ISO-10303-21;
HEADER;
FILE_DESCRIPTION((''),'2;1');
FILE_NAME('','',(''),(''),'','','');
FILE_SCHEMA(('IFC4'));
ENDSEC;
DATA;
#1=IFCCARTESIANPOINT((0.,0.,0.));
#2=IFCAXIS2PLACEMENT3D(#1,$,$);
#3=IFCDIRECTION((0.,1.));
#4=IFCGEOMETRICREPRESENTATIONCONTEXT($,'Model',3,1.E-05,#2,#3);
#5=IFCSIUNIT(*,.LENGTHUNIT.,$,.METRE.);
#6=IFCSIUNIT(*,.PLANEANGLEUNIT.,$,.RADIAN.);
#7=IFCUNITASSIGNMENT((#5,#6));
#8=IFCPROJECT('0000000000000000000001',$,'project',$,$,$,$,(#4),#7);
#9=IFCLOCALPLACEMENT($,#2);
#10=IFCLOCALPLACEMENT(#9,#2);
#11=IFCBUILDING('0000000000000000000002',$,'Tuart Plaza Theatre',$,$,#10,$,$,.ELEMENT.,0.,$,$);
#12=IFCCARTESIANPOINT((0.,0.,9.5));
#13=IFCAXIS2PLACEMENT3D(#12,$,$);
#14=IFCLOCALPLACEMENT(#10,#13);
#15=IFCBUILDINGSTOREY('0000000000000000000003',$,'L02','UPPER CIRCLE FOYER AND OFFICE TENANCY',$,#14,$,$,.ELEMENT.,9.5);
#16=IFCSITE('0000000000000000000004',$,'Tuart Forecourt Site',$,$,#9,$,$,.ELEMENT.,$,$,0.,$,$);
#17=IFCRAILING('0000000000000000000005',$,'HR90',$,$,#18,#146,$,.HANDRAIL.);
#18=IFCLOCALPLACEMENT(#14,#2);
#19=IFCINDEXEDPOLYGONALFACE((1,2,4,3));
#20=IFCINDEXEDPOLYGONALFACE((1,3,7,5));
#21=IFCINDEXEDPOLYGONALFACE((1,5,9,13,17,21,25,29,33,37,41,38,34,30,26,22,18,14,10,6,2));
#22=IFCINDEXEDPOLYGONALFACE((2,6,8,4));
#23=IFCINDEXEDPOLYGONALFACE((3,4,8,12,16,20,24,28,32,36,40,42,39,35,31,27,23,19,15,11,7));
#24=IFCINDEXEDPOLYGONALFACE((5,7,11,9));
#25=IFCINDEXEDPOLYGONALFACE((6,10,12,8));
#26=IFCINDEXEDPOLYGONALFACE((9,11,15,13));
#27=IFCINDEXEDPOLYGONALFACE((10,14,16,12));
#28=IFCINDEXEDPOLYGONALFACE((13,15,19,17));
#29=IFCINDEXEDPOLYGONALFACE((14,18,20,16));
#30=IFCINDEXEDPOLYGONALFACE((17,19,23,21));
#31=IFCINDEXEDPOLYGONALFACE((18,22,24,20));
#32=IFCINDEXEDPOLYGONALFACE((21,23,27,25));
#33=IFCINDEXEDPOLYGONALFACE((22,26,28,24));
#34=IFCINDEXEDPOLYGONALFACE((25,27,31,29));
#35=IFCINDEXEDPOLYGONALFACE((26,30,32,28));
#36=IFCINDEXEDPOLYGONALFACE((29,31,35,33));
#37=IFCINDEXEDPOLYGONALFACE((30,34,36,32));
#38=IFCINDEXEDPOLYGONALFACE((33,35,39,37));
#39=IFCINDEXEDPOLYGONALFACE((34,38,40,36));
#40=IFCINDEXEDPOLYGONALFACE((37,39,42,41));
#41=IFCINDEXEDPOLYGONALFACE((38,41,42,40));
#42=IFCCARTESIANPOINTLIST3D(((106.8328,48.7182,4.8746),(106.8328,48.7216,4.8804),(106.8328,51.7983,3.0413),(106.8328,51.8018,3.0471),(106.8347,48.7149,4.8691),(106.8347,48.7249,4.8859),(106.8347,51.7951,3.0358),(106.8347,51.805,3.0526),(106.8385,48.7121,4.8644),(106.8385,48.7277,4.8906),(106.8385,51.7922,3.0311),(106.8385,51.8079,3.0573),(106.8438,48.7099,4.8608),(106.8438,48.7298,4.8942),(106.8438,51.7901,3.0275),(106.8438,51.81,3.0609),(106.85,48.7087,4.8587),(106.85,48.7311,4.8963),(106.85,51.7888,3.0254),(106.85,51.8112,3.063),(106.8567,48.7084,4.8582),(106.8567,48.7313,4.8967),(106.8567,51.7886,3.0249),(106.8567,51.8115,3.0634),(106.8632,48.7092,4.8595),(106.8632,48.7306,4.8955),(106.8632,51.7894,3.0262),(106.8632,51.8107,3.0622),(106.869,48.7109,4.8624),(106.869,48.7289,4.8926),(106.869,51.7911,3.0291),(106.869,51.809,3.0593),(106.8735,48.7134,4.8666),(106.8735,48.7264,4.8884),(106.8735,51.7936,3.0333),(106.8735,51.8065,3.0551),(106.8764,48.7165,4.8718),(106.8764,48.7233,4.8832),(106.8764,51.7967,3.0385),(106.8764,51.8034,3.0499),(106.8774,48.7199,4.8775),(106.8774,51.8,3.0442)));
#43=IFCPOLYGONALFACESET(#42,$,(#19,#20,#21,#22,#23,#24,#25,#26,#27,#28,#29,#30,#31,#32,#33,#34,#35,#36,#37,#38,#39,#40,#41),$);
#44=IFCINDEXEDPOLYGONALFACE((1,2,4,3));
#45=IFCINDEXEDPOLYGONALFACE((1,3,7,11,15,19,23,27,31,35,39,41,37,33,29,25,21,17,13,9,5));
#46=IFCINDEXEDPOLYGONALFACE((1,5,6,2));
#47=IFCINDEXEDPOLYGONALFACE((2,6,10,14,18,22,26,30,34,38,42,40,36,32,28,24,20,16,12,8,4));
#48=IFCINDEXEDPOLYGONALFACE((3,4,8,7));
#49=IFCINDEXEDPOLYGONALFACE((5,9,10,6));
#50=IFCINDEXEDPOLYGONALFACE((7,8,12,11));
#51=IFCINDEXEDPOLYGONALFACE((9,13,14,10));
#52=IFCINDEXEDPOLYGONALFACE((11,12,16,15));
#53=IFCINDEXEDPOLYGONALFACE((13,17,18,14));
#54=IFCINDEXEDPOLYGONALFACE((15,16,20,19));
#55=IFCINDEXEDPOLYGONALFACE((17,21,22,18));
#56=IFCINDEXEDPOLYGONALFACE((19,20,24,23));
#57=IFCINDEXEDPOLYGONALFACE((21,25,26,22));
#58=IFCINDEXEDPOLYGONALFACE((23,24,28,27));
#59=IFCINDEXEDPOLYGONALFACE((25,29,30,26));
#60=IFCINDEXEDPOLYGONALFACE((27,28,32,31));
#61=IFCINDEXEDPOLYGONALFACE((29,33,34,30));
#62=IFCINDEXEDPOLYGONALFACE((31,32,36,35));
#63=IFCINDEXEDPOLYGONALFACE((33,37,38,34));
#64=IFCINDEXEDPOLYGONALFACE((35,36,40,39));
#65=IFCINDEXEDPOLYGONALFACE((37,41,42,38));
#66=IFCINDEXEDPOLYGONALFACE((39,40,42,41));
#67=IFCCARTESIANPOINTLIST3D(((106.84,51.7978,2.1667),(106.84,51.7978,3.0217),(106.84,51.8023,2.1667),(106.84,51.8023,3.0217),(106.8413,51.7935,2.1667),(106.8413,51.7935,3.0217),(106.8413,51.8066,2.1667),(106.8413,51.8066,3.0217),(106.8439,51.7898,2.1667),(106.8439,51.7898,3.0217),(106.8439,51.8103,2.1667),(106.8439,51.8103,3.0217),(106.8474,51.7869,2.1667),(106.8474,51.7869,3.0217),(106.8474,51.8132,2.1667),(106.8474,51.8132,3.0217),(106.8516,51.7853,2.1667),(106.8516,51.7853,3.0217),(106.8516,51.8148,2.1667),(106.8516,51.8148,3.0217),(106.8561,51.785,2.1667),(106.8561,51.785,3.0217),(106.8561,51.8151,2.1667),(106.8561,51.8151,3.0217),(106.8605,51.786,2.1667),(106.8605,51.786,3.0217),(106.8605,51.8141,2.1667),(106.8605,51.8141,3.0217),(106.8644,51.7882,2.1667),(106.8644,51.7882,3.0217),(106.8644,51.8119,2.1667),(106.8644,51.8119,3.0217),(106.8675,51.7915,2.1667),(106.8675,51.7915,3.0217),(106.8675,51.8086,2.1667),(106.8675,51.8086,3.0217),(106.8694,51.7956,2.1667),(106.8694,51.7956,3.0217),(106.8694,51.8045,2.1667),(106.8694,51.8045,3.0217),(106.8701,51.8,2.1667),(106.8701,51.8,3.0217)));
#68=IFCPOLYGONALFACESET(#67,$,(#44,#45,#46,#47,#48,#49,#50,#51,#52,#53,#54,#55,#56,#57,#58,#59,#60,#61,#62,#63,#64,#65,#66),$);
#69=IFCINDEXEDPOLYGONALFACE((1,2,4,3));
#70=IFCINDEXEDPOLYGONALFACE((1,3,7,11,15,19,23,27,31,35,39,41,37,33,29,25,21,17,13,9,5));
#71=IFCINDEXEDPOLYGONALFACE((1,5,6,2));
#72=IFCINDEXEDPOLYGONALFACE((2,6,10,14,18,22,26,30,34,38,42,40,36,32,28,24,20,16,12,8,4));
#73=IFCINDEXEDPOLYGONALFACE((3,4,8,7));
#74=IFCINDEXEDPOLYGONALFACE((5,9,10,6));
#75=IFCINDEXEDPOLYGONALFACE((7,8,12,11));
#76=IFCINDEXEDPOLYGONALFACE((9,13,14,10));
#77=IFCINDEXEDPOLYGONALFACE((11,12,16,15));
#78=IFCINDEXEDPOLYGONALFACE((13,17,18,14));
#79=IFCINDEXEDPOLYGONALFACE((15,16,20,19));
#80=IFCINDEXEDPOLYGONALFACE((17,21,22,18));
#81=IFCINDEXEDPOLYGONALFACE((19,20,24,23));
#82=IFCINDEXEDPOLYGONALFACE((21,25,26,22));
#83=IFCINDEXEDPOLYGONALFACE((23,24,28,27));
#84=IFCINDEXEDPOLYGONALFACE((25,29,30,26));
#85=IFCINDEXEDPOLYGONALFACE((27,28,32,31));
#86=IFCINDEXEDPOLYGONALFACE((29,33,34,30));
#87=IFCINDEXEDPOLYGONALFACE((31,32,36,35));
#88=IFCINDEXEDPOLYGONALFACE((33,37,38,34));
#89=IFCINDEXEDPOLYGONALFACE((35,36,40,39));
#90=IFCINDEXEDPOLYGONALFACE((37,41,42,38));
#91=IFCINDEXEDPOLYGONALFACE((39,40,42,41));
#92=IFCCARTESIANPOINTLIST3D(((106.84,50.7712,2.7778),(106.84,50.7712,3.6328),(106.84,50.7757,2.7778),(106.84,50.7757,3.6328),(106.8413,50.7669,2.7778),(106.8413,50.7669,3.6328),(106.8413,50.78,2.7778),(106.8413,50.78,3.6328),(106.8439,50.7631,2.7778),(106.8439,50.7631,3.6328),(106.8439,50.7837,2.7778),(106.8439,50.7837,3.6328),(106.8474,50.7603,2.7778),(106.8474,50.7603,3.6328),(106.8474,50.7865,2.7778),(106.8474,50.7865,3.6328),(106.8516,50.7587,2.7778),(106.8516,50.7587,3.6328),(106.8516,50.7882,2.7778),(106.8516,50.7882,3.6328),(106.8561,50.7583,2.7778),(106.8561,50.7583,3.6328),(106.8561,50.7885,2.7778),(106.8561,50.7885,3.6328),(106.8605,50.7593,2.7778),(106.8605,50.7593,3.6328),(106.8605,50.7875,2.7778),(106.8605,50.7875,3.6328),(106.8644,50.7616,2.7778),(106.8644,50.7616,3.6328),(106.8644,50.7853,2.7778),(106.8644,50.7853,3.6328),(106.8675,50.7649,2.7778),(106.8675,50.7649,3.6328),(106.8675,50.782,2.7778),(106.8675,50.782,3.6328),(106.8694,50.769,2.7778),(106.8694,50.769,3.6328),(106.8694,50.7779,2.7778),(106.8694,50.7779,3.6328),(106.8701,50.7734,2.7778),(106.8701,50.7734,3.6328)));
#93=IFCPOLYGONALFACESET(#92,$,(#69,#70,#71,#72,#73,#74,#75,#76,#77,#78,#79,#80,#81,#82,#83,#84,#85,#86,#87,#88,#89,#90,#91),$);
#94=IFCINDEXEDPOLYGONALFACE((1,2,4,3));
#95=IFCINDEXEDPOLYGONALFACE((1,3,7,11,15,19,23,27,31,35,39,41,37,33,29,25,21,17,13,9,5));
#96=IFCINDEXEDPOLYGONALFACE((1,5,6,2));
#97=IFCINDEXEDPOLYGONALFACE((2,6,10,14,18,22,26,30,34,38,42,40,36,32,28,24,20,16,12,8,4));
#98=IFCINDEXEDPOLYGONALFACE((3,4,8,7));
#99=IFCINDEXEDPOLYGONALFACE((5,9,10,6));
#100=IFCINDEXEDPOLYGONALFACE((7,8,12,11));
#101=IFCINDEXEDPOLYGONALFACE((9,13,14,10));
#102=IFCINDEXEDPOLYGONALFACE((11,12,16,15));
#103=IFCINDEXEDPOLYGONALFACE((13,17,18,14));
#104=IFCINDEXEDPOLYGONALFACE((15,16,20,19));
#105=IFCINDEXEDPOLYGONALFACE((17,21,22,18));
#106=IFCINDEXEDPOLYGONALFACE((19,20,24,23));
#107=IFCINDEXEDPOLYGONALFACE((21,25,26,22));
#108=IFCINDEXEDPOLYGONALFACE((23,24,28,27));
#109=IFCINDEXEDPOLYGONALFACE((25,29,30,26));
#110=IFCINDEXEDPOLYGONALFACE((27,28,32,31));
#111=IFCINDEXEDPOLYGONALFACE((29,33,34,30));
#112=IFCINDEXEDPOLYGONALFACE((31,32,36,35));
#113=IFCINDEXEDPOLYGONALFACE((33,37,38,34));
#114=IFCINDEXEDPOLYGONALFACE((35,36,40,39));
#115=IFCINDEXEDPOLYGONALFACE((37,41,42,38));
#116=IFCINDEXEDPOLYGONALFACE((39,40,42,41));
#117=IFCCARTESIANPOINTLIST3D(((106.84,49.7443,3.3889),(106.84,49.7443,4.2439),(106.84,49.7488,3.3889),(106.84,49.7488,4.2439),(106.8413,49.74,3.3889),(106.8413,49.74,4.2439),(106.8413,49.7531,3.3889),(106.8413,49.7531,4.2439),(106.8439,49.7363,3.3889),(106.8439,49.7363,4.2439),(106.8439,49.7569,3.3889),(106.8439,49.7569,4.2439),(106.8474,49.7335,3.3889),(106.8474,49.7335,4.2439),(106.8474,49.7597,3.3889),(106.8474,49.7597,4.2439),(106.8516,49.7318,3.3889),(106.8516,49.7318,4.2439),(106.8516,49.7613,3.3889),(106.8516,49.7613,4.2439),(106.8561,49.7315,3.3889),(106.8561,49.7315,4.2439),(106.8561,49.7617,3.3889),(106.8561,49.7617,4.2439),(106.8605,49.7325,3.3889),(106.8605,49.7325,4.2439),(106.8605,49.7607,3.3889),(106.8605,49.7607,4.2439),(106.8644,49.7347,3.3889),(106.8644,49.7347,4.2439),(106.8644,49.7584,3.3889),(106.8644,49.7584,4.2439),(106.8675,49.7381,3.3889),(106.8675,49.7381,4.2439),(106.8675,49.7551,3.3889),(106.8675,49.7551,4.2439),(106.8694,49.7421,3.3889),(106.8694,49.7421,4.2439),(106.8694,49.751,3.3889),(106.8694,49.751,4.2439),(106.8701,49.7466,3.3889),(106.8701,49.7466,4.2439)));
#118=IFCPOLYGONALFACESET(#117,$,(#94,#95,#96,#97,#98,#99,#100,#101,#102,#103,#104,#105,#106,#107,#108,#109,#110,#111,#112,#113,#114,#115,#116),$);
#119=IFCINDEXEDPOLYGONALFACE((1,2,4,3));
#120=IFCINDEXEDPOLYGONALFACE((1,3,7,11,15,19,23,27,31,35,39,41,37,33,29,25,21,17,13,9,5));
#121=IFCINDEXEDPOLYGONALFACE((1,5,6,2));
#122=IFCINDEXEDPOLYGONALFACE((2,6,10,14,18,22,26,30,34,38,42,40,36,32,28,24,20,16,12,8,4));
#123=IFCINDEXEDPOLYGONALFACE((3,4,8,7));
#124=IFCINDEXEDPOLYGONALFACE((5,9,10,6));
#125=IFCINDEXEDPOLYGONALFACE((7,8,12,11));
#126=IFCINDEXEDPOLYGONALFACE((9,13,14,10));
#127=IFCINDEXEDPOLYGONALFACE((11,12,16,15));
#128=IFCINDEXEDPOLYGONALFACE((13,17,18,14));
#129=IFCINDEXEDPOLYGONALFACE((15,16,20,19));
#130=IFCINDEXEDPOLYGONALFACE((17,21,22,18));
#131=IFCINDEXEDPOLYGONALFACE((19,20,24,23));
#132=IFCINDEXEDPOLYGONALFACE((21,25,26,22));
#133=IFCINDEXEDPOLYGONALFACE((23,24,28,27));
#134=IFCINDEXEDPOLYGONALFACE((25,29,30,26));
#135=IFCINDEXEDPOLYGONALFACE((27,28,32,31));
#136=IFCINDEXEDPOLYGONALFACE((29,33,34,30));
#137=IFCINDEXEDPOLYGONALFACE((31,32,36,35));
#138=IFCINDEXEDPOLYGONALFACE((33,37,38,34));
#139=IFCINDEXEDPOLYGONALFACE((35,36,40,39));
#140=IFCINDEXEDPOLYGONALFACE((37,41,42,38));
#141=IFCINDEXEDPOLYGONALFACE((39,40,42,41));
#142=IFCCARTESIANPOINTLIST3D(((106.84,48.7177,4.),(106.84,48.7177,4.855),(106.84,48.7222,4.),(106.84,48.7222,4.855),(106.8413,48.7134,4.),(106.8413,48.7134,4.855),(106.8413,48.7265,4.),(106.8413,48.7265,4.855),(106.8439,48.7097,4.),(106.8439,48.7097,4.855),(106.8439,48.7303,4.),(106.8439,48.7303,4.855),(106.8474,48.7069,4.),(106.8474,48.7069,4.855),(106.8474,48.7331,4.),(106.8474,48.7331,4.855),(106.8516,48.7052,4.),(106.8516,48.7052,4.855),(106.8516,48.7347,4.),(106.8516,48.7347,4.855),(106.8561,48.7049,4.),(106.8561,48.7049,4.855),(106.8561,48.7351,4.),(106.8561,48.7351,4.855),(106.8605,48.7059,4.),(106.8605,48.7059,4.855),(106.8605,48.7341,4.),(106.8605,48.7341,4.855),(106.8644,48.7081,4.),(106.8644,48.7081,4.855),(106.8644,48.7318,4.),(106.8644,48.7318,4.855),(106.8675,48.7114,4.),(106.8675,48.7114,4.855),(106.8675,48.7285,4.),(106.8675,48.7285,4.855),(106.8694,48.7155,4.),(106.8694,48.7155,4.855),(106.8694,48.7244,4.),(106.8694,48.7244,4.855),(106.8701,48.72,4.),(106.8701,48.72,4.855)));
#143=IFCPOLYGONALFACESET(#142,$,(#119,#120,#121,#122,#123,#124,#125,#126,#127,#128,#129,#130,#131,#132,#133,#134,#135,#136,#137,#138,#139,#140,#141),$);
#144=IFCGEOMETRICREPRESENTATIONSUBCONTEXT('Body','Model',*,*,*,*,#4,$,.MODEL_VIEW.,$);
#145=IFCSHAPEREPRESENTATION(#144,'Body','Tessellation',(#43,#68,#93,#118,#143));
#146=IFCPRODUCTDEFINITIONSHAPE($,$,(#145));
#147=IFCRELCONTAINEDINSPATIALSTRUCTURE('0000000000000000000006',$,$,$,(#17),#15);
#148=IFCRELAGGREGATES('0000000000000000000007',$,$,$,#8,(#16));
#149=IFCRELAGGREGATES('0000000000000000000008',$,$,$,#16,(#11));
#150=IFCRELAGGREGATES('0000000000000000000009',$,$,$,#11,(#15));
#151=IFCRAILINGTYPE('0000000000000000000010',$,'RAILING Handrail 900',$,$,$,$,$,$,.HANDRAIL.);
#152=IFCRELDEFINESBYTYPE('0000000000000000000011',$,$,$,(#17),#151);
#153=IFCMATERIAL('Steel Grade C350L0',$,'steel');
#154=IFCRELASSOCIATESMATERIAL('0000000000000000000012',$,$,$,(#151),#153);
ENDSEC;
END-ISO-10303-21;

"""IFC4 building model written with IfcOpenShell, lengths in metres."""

from ifc_helpers import new_model, si_unit, direction, frame, origin, origin_2d, place, context, subcontext, project, spatial, circle, extrude, material, type_object, element, save


model = new_model("IFC4")

# Units and contexts
model_context = context("Model", 3, precision=1e-05, world=origin(), true_north=direction((0.0, 1.0)))
body_context = subcontext(model_context, "Body", "Model", "MODEL_VIEW")
ifc_project = project(units=[si_unit("LENGTHUNIT", "METRE"), si_unit("PLANEANGLEUNIT", "RADIAN")], contexts=[model_context])

# Site, building, storey
site_placement = place(None, origin())
site = spatial("IfcSite", under=ifc_project, at=site_placement, Name="Tuart Forecourt Site", CompositionType="ELEMENT", RefElevation=0.0)
building_placement = place(site_placement, origin())
building = spatial("IfcBuilding", under=site, at=building_placement, Name="Tuart Plaza Theatre", CompositionType="ELEMENT", ElevationOfRefHeight=0.0)
storey_placement = place(building_placement, frame((0.0, 0.0, 9.5)))
storey = spatial("IfcBuildingStorey", under=building, at=storey_placement, Name="L02", Description="UPPER CIRCLE FOYER AND OFFICE TENANCY", CompositionType="ELEMENT", Elevation=9.5)

# Railing
ifc_material_1 = material(Name="Steel Grade C350L0", Category="steel")
railing_type_1 = type_object("IfcRailingType", Name="RAILING Handrail 900", PredefinedType="HANDRAIL", material=ifc_material_1)
for number, where, name in (
    (1, (106.855, 51.8, 2.1667), "HR90"),
):
    element("IfcRailing", number, at=place(storey_placement, frame(where)), inside=storey, type_object=railing_type_1, Name=name, PredefinedType="HANDRAIL", context=body_context, shape_type="SweptSolid", body=[
        extrude(circle(Radius=0.0225, at=origin_2d()), frame((0.0, 0.0, 0.8774), z_axis=(0.0, -0.859309, 0.511458), x_axis=(1.0, 0.0, 0.0)), (0.0, 0.0, 1.0), 3.5845),
        extrude(circle(Radius=0.0151, at=origin_2d()), origin(), (0.0, 0.0, 1.0), 0.855),
        extrude(circle(Radius=0.0151, at=origin_2d()), frame((0.0, -1.0266, 0.6111)), (0.0, 0.0, 1.0), 0.855),
        extrude(circle(Radius=0.0151, at=origin_2d()), frame((0.0, -2.0535, 1.2222)), (0.0, 0.0, 1.0), 0.855),
        extrude(circle(Radius=0.0151, at=origin_2d()), frame((0.0, -3.0801, 1.8333)), (0.0, 0.0, 1.0), 0.855),
    ])

save(model, "model.ifc")
